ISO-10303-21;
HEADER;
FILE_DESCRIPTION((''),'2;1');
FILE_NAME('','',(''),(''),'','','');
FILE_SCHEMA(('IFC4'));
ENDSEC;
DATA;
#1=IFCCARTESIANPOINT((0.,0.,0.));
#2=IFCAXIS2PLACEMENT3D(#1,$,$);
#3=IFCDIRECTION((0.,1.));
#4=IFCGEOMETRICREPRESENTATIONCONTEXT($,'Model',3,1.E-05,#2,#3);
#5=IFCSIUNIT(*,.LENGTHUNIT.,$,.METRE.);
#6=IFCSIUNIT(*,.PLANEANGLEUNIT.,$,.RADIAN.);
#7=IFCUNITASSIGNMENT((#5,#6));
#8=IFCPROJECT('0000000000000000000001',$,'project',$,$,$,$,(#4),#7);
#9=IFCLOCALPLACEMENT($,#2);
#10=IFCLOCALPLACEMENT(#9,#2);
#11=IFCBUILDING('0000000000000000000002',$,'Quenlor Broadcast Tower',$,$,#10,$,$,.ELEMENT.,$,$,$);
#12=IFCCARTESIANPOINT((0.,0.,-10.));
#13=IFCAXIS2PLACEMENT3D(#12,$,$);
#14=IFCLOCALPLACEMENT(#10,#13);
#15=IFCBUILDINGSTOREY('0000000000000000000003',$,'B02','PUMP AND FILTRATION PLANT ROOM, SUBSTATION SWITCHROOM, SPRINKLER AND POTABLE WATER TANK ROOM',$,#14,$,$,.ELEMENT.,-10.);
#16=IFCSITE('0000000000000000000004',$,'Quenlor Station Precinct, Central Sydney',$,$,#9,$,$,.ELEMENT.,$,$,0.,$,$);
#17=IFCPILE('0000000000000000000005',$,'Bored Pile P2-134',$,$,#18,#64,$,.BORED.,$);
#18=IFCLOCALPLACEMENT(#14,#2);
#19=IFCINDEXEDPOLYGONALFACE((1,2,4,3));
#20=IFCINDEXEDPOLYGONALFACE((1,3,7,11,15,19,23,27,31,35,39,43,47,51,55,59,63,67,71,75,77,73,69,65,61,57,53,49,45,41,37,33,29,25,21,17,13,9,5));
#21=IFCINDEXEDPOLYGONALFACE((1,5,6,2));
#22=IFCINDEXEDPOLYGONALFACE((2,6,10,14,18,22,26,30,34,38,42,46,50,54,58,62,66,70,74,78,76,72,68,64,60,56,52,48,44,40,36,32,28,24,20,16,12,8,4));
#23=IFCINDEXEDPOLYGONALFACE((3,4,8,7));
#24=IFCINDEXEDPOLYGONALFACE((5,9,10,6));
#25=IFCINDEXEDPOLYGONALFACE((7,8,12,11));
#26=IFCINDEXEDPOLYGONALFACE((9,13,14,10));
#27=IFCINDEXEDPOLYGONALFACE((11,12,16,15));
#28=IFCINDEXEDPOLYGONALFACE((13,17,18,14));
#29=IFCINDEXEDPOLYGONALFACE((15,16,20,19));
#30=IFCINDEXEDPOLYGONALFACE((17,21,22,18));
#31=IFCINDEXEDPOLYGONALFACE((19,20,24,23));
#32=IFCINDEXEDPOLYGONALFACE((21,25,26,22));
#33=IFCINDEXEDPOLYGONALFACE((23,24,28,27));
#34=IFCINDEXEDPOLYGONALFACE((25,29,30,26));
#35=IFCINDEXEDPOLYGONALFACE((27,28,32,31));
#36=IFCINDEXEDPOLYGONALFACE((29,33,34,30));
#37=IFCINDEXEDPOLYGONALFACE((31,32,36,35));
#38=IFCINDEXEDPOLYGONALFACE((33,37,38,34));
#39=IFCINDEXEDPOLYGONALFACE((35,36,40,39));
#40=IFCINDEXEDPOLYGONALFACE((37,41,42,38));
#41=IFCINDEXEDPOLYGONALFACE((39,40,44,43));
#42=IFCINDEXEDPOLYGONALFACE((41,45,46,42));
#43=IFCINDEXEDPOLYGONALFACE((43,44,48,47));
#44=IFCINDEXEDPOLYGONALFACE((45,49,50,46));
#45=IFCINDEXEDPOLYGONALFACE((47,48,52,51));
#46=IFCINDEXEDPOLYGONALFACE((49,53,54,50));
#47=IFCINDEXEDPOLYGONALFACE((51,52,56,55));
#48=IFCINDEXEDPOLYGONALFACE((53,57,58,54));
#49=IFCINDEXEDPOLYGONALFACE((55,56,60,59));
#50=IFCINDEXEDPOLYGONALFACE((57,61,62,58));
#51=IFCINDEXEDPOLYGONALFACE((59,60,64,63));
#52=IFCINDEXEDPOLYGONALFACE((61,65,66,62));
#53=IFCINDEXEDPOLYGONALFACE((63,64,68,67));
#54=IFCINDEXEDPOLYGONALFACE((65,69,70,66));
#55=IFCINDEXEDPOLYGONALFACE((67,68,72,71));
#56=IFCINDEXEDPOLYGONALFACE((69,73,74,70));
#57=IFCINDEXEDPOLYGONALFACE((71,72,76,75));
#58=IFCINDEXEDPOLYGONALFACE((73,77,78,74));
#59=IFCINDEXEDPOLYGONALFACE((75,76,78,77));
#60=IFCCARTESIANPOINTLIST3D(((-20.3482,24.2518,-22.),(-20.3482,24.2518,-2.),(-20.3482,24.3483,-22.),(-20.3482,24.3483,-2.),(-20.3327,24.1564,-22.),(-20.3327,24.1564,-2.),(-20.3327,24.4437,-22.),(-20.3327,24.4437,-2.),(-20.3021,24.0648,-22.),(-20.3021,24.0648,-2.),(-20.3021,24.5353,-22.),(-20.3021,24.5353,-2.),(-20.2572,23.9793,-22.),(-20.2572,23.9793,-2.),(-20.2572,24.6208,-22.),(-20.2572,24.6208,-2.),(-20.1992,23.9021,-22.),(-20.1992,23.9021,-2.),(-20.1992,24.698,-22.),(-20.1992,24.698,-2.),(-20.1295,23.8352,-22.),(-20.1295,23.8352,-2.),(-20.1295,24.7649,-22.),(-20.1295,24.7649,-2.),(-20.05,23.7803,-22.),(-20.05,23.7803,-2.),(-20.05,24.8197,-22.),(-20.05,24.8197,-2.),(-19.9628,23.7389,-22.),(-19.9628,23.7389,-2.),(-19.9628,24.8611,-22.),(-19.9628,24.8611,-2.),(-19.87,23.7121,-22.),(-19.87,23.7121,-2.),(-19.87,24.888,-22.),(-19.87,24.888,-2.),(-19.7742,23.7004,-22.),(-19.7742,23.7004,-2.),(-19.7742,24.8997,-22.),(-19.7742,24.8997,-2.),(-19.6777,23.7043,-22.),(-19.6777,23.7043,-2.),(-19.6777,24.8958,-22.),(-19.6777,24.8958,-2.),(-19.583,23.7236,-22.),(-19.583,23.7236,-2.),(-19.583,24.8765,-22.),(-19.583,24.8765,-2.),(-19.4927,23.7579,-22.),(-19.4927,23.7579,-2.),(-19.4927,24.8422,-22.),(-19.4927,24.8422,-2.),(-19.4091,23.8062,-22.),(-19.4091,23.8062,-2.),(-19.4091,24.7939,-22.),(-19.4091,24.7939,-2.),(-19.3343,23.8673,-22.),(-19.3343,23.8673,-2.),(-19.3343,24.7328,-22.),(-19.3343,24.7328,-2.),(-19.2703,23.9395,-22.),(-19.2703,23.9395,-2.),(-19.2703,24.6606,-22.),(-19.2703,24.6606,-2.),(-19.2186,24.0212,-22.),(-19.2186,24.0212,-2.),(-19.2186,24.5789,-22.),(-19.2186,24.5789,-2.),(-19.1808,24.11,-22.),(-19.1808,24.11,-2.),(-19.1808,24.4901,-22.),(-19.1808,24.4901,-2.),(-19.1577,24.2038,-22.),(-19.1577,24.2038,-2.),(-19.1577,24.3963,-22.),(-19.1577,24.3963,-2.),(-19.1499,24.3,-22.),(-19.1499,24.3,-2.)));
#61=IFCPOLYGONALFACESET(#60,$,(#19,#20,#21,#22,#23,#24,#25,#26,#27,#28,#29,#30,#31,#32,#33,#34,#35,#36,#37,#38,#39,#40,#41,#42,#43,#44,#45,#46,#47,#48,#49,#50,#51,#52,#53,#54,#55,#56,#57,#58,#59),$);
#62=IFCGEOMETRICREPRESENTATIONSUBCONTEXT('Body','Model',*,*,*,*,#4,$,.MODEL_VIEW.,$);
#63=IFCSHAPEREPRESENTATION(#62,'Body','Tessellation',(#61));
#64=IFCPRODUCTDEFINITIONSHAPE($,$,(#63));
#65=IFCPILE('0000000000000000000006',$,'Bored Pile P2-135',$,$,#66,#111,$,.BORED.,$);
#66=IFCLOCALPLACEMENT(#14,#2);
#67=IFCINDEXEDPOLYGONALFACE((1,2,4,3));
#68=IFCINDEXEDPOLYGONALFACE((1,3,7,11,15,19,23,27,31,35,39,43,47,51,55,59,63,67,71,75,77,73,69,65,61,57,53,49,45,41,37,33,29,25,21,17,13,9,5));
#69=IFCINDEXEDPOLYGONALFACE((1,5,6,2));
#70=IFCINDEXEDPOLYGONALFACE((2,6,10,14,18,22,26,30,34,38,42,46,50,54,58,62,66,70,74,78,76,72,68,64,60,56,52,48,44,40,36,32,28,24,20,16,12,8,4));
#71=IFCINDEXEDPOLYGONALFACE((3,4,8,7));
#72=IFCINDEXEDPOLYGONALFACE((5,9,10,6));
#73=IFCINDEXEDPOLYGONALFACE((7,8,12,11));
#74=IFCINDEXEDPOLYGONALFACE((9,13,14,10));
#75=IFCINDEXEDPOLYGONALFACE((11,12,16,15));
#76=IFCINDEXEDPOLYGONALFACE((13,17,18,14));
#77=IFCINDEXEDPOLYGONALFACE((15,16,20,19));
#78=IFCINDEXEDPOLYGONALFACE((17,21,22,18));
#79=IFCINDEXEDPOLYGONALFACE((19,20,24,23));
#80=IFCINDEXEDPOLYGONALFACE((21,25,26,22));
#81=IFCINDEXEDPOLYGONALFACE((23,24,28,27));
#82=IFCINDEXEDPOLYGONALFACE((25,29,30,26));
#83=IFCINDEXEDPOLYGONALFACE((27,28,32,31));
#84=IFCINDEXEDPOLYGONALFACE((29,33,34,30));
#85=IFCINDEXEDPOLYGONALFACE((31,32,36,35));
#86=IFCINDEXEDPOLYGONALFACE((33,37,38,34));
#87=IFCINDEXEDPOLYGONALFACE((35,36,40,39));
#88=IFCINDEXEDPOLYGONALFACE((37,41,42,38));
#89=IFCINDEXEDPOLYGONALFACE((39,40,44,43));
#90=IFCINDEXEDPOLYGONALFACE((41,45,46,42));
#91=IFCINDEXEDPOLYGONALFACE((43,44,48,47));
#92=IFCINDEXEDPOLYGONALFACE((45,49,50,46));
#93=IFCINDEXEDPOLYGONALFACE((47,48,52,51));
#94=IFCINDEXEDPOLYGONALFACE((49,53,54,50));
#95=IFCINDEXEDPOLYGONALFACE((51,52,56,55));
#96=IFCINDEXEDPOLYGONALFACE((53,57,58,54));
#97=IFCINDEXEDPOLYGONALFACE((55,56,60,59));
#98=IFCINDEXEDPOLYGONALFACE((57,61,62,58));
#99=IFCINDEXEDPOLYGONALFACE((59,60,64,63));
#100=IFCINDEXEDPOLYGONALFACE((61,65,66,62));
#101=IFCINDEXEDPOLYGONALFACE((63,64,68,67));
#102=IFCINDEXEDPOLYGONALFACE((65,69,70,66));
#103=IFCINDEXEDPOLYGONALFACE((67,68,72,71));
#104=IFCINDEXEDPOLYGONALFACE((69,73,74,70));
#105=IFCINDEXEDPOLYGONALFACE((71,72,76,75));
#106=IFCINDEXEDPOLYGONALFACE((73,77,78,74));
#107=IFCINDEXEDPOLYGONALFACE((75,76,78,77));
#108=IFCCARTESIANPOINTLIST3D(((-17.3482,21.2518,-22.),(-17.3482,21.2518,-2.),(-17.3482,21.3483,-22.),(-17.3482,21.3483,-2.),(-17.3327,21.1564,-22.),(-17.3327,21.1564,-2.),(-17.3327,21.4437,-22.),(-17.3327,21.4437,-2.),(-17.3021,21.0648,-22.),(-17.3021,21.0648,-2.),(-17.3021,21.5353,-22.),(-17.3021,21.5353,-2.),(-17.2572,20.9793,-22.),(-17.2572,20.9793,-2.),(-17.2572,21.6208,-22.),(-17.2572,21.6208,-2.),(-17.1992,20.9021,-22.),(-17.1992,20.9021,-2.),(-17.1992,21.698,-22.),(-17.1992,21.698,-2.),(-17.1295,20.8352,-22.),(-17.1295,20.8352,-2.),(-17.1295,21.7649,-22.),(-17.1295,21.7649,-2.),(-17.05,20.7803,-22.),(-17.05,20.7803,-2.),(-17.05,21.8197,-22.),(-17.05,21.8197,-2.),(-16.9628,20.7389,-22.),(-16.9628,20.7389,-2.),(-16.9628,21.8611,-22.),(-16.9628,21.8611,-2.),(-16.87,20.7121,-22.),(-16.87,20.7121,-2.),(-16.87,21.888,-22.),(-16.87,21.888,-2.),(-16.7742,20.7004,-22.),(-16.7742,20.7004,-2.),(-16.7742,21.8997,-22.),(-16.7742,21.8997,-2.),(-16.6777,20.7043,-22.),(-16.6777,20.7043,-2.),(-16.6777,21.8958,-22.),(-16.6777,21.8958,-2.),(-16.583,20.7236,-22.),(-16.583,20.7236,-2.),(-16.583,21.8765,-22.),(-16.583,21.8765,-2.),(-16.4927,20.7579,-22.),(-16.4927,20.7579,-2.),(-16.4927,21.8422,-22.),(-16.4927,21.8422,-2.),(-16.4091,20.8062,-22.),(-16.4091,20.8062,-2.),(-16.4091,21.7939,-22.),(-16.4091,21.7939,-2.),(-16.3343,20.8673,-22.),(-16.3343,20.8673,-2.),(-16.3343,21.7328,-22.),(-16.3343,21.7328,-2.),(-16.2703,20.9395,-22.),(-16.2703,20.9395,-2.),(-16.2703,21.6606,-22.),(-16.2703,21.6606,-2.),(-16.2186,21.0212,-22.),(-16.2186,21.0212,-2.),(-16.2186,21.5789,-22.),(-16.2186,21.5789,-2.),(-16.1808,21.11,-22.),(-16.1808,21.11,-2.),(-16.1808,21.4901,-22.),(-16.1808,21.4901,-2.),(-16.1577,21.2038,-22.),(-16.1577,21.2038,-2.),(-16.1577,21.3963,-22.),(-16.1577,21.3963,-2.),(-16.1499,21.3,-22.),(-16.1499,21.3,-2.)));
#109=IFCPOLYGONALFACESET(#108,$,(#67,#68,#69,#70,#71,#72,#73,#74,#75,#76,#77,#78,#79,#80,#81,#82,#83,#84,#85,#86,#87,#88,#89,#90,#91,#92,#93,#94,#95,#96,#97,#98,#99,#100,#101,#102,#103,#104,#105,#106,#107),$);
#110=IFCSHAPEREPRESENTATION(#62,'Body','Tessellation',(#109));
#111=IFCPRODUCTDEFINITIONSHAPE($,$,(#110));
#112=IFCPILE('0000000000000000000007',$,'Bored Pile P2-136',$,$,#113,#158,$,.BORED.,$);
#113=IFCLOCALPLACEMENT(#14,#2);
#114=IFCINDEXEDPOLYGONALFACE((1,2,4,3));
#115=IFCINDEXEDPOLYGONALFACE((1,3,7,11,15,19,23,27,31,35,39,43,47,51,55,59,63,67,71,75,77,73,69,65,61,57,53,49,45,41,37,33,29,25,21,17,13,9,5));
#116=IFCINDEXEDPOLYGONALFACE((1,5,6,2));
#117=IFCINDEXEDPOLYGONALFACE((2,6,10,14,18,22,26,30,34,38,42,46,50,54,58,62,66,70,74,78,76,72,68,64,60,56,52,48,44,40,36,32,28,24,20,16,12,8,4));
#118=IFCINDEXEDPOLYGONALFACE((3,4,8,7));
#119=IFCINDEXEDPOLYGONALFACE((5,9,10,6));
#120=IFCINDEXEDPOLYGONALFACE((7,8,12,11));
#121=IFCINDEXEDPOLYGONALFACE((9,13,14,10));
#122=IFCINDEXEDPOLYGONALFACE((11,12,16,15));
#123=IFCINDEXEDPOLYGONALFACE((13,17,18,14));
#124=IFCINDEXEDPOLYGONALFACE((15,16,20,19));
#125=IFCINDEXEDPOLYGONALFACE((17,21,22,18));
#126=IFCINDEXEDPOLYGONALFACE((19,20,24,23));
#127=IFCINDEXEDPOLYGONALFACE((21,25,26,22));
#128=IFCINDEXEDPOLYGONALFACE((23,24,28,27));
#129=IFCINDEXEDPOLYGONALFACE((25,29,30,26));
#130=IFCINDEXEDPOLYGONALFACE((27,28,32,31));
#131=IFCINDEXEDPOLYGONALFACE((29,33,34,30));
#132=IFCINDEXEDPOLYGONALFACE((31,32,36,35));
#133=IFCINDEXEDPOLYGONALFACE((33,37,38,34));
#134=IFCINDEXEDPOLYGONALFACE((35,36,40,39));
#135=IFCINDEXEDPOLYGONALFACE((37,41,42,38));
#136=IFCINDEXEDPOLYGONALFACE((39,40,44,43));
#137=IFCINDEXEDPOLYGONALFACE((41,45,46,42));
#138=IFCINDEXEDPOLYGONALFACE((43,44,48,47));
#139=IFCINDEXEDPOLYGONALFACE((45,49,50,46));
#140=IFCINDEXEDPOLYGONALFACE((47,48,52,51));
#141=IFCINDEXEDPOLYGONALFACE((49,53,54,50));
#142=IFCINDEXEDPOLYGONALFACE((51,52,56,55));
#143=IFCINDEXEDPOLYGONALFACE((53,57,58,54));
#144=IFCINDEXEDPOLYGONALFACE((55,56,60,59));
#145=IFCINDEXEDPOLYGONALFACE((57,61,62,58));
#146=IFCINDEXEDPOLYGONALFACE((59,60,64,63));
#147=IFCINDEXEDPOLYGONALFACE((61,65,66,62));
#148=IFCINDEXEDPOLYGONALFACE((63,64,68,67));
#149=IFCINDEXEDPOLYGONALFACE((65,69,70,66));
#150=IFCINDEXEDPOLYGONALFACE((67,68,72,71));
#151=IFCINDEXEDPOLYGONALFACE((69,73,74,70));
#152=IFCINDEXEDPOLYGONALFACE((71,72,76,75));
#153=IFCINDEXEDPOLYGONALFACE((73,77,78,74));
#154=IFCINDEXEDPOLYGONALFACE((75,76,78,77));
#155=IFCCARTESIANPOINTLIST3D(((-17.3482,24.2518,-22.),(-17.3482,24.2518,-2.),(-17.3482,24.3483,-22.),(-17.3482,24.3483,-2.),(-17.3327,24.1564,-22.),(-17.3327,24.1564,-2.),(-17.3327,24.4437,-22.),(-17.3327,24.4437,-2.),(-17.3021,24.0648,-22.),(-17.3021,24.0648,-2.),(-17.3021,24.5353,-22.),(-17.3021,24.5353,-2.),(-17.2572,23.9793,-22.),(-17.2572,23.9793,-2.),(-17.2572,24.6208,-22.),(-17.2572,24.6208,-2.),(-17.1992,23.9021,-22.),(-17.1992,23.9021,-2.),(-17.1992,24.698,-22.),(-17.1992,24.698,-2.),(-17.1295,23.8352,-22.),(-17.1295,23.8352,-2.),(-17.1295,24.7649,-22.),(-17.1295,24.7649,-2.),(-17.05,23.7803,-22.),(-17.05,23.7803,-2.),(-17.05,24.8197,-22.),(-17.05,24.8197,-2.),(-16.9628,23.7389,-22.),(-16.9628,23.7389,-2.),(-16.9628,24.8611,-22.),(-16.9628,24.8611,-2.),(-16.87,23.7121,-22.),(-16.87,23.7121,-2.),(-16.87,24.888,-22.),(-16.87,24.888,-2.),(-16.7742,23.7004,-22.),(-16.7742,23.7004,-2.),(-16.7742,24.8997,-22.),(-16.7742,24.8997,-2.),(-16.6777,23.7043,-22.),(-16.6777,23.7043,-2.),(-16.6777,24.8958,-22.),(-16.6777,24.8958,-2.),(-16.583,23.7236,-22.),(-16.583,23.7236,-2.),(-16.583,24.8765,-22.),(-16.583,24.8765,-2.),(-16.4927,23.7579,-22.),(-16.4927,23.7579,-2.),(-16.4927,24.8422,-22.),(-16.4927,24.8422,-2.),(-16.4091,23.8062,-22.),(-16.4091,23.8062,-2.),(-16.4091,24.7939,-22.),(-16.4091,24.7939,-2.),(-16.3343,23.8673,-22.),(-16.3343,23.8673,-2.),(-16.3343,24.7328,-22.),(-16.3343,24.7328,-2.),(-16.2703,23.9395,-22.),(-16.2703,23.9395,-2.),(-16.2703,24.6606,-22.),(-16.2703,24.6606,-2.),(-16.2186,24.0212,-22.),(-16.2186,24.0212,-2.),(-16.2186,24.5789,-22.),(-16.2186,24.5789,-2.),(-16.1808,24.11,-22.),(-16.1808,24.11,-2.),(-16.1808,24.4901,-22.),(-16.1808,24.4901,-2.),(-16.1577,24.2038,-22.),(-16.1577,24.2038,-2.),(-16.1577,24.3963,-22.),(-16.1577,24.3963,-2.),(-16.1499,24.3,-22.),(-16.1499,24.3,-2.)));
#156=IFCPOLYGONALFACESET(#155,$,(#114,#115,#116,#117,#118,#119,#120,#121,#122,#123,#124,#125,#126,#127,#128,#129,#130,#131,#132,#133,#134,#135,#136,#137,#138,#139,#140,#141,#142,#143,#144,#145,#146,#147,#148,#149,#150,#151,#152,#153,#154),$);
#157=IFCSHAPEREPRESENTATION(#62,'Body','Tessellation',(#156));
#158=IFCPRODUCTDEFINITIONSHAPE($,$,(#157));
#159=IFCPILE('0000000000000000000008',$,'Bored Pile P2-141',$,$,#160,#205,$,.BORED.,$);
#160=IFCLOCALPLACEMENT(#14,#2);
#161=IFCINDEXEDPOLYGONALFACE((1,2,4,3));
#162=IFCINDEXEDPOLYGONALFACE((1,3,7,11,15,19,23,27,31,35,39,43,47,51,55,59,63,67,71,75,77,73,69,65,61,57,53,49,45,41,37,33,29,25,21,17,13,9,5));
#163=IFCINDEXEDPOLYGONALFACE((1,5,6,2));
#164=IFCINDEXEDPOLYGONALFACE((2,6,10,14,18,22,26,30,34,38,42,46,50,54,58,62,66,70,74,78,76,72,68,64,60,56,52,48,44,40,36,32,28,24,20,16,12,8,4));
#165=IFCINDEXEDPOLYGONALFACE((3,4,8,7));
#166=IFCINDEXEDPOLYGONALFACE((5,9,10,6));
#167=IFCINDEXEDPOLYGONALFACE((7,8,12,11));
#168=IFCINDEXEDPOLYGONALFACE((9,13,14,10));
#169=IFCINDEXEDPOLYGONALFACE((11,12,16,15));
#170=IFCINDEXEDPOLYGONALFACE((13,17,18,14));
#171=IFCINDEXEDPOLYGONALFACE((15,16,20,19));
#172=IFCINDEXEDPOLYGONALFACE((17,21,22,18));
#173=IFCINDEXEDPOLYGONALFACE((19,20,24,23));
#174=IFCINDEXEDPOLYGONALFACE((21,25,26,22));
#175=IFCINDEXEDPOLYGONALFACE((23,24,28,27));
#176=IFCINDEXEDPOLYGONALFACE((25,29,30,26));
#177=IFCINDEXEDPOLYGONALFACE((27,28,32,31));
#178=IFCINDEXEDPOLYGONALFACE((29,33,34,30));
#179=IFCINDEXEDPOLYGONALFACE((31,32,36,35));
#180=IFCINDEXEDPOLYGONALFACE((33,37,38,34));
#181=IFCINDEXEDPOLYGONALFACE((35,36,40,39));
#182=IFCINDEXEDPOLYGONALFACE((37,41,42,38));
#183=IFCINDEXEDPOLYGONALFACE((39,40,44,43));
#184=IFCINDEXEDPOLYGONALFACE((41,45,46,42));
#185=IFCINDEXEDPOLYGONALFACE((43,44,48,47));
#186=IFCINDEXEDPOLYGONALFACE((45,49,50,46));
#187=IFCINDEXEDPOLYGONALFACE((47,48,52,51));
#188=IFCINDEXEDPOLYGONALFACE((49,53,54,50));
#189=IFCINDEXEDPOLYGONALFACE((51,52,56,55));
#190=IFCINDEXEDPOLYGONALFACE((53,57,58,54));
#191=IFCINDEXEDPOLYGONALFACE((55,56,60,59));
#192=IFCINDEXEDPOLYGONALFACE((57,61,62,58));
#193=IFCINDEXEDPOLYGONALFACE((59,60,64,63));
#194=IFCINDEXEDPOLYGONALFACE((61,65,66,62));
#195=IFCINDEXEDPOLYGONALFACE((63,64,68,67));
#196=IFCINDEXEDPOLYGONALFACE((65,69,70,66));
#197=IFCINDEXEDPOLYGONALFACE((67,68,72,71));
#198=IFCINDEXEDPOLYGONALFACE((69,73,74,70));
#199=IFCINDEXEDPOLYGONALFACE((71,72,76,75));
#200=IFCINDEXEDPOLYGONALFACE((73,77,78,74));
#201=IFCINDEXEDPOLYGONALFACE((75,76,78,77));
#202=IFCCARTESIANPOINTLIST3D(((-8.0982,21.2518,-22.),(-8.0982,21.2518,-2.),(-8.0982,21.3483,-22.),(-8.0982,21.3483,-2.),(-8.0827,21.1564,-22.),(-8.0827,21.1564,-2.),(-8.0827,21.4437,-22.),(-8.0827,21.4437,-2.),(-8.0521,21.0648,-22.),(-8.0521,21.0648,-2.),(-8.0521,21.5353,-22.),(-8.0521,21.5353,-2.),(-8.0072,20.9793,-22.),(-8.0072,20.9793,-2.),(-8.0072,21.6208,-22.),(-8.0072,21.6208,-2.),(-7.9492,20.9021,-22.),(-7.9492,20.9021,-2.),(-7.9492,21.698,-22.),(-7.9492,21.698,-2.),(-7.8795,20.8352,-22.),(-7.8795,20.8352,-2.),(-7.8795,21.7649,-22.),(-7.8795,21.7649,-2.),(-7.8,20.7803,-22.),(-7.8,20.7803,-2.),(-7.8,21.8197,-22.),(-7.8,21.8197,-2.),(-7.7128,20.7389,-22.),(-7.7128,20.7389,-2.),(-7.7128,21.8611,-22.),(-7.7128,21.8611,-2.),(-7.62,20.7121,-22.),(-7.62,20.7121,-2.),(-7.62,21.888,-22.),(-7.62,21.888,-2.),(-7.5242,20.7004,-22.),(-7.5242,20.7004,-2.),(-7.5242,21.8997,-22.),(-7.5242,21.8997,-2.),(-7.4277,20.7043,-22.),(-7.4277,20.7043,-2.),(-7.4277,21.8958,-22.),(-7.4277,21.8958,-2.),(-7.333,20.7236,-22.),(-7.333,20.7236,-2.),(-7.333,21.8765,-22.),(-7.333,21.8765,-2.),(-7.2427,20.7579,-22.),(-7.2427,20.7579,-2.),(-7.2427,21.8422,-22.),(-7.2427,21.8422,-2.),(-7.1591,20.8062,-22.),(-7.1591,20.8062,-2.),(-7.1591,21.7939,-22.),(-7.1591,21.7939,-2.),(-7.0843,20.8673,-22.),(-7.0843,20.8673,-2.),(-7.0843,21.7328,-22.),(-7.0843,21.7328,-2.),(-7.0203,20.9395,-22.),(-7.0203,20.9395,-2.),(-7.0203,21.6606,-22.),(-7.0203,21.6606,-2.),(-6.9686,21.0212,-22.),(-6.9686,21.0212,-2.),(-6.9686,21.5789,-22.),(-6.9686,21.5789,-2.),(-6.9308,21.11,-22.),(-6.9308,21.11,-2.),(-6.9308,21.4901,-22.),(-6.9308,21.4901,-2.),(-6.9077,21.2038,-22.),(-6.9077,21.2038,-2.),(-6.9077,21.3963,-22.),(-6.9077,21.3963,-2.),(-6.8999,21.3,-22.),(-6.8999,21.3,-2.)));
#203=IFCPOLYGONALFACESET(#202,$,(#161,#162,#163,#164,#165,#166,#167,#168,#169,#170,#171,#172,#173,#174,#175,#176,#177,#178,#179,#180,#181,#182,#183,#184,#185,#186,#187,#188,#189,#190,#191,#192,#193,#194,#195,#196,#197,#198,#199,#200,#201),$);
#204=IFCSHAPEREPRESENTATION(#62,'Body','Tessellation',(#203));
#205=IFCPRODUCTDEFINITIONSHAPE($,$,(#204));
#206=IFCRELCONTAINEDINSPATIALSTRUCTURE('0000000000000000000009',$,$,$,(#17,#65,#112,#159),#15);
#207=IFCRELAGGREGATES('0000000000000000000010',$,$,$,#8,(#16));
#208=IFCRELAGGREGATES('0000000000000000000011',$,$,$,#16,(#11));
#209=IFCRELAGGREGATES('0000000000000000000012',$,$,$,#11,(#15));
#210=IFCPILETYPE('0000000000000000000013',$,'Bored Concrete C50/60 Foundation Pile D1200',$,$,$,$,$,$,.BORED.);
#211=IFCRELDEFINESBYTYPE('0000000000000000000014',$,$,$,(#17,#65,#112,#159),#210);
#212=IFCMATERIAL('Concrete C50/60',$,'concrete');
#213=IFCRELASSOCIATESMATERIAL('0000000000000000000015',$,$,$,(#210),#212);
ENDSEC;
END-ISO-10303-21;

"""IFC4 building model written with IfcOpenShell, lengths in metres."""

from ifc_helpers import new_model, si_unit, direction, frame, origin, origin_2d, place, context, subcontext, project, spatial, circle, extrude, material, material_profile, profile_set, type_object, element, save


model = new_model("IFC4")

# Units and contexts
model_context = context("Model", 3, precision=1e-05, world=origin(), true_north=direction((0.0, 1.0)))
body_context = subcontext(model_context, "Body", "Model", "MODEL_VIEW")
ifc_project = project(units=[si_unit("LENGTHUNIT", "METRE"), si_unit("PLANEANGLEUNIT", "RADIAN")], contexts=[model_context])

# Site, building, storey
site_placement = place(None, origin())
site = spatial("IfcSite", under=ifc_project, at=site_placement, Name="Quenlor Station Precinct, Central Sydney", CompositionType="ELEMENT", RefElevation=0.0)
building_placement = place(site_placement, origin())
building = spatial("IfcBuilding", under=site, at=building_placement, Name="Quenlor Broadcast Tower", CompositionType="ELEMENT")
storey_placement = place(building_placement, frame((0.0, 0.0, -10.0)))
storey = spatial("IfcBuildingStorey", under=building, at=storey_placement, Name="B02", Description="PUMP AND FILTRATION PLANT ROOM, SUBSTATION SWITCHROOM, SPRINKLER AND POTABLE WATER TANK ROOM", CompositionType="ELEMENT", Elevation=-10.0)

# Piles
ifc_material_1 = material(Name="Concrete C50/60", Category="concrete")
ifc_material_profile_1 = material_profile(ifc_material_1, circle(Radius=0.6001, at=origin_2d()))
ifc_profile_set_1 = profile_set([ifc_material_profile_1], Name="Concrete C50/60 PILE1200")
pile_type = type_object("IfcPileType", Name="Bored Concrete C50/60 Foundation Pile D1200", PredefinedType="BORED", material=ifc_profile_set_1)
for number, where, z_axis, x_axis, name in (
    (1, (-19.75, 24.3, -2.0), (0.0, 0.0, -1.0), (1.0, 0.0, 0.0), "Bored Pile P2-134"),
    (2, (-16.75, 21.3, -2.0), (0.0, 0.0, -1.0), (1.0, 0.0, 0.0), "Bored Pile P2-135"),
    (3, (-16.75, 24.3, -2.0), (0.0, 0.0, -1.0), (1.0, 0.0, 0.0), "Bored Pile P2-136"),
    (4, (-7.5, 21.3, -2.0), (0.0, 0.0, -1.0), (1.0, 0.0, 0.0), "Bored Pile P2-141"),
):
    element("IfcPile", number, at=place(storey_placement, frame(where, z_axis=z_axis, x_axis=x_axis)), inside=storey, type_object=pile_type, Name=name, PredefinedType="BORED", context=body_context, shape_type="SweptSolid", body=[
        extrude(circle(Radius=0.6001, at=origin_2d()), origin(), (0.0, 0.0, 1.0), 20.0),
    ])

save(model, "model.ifc")
